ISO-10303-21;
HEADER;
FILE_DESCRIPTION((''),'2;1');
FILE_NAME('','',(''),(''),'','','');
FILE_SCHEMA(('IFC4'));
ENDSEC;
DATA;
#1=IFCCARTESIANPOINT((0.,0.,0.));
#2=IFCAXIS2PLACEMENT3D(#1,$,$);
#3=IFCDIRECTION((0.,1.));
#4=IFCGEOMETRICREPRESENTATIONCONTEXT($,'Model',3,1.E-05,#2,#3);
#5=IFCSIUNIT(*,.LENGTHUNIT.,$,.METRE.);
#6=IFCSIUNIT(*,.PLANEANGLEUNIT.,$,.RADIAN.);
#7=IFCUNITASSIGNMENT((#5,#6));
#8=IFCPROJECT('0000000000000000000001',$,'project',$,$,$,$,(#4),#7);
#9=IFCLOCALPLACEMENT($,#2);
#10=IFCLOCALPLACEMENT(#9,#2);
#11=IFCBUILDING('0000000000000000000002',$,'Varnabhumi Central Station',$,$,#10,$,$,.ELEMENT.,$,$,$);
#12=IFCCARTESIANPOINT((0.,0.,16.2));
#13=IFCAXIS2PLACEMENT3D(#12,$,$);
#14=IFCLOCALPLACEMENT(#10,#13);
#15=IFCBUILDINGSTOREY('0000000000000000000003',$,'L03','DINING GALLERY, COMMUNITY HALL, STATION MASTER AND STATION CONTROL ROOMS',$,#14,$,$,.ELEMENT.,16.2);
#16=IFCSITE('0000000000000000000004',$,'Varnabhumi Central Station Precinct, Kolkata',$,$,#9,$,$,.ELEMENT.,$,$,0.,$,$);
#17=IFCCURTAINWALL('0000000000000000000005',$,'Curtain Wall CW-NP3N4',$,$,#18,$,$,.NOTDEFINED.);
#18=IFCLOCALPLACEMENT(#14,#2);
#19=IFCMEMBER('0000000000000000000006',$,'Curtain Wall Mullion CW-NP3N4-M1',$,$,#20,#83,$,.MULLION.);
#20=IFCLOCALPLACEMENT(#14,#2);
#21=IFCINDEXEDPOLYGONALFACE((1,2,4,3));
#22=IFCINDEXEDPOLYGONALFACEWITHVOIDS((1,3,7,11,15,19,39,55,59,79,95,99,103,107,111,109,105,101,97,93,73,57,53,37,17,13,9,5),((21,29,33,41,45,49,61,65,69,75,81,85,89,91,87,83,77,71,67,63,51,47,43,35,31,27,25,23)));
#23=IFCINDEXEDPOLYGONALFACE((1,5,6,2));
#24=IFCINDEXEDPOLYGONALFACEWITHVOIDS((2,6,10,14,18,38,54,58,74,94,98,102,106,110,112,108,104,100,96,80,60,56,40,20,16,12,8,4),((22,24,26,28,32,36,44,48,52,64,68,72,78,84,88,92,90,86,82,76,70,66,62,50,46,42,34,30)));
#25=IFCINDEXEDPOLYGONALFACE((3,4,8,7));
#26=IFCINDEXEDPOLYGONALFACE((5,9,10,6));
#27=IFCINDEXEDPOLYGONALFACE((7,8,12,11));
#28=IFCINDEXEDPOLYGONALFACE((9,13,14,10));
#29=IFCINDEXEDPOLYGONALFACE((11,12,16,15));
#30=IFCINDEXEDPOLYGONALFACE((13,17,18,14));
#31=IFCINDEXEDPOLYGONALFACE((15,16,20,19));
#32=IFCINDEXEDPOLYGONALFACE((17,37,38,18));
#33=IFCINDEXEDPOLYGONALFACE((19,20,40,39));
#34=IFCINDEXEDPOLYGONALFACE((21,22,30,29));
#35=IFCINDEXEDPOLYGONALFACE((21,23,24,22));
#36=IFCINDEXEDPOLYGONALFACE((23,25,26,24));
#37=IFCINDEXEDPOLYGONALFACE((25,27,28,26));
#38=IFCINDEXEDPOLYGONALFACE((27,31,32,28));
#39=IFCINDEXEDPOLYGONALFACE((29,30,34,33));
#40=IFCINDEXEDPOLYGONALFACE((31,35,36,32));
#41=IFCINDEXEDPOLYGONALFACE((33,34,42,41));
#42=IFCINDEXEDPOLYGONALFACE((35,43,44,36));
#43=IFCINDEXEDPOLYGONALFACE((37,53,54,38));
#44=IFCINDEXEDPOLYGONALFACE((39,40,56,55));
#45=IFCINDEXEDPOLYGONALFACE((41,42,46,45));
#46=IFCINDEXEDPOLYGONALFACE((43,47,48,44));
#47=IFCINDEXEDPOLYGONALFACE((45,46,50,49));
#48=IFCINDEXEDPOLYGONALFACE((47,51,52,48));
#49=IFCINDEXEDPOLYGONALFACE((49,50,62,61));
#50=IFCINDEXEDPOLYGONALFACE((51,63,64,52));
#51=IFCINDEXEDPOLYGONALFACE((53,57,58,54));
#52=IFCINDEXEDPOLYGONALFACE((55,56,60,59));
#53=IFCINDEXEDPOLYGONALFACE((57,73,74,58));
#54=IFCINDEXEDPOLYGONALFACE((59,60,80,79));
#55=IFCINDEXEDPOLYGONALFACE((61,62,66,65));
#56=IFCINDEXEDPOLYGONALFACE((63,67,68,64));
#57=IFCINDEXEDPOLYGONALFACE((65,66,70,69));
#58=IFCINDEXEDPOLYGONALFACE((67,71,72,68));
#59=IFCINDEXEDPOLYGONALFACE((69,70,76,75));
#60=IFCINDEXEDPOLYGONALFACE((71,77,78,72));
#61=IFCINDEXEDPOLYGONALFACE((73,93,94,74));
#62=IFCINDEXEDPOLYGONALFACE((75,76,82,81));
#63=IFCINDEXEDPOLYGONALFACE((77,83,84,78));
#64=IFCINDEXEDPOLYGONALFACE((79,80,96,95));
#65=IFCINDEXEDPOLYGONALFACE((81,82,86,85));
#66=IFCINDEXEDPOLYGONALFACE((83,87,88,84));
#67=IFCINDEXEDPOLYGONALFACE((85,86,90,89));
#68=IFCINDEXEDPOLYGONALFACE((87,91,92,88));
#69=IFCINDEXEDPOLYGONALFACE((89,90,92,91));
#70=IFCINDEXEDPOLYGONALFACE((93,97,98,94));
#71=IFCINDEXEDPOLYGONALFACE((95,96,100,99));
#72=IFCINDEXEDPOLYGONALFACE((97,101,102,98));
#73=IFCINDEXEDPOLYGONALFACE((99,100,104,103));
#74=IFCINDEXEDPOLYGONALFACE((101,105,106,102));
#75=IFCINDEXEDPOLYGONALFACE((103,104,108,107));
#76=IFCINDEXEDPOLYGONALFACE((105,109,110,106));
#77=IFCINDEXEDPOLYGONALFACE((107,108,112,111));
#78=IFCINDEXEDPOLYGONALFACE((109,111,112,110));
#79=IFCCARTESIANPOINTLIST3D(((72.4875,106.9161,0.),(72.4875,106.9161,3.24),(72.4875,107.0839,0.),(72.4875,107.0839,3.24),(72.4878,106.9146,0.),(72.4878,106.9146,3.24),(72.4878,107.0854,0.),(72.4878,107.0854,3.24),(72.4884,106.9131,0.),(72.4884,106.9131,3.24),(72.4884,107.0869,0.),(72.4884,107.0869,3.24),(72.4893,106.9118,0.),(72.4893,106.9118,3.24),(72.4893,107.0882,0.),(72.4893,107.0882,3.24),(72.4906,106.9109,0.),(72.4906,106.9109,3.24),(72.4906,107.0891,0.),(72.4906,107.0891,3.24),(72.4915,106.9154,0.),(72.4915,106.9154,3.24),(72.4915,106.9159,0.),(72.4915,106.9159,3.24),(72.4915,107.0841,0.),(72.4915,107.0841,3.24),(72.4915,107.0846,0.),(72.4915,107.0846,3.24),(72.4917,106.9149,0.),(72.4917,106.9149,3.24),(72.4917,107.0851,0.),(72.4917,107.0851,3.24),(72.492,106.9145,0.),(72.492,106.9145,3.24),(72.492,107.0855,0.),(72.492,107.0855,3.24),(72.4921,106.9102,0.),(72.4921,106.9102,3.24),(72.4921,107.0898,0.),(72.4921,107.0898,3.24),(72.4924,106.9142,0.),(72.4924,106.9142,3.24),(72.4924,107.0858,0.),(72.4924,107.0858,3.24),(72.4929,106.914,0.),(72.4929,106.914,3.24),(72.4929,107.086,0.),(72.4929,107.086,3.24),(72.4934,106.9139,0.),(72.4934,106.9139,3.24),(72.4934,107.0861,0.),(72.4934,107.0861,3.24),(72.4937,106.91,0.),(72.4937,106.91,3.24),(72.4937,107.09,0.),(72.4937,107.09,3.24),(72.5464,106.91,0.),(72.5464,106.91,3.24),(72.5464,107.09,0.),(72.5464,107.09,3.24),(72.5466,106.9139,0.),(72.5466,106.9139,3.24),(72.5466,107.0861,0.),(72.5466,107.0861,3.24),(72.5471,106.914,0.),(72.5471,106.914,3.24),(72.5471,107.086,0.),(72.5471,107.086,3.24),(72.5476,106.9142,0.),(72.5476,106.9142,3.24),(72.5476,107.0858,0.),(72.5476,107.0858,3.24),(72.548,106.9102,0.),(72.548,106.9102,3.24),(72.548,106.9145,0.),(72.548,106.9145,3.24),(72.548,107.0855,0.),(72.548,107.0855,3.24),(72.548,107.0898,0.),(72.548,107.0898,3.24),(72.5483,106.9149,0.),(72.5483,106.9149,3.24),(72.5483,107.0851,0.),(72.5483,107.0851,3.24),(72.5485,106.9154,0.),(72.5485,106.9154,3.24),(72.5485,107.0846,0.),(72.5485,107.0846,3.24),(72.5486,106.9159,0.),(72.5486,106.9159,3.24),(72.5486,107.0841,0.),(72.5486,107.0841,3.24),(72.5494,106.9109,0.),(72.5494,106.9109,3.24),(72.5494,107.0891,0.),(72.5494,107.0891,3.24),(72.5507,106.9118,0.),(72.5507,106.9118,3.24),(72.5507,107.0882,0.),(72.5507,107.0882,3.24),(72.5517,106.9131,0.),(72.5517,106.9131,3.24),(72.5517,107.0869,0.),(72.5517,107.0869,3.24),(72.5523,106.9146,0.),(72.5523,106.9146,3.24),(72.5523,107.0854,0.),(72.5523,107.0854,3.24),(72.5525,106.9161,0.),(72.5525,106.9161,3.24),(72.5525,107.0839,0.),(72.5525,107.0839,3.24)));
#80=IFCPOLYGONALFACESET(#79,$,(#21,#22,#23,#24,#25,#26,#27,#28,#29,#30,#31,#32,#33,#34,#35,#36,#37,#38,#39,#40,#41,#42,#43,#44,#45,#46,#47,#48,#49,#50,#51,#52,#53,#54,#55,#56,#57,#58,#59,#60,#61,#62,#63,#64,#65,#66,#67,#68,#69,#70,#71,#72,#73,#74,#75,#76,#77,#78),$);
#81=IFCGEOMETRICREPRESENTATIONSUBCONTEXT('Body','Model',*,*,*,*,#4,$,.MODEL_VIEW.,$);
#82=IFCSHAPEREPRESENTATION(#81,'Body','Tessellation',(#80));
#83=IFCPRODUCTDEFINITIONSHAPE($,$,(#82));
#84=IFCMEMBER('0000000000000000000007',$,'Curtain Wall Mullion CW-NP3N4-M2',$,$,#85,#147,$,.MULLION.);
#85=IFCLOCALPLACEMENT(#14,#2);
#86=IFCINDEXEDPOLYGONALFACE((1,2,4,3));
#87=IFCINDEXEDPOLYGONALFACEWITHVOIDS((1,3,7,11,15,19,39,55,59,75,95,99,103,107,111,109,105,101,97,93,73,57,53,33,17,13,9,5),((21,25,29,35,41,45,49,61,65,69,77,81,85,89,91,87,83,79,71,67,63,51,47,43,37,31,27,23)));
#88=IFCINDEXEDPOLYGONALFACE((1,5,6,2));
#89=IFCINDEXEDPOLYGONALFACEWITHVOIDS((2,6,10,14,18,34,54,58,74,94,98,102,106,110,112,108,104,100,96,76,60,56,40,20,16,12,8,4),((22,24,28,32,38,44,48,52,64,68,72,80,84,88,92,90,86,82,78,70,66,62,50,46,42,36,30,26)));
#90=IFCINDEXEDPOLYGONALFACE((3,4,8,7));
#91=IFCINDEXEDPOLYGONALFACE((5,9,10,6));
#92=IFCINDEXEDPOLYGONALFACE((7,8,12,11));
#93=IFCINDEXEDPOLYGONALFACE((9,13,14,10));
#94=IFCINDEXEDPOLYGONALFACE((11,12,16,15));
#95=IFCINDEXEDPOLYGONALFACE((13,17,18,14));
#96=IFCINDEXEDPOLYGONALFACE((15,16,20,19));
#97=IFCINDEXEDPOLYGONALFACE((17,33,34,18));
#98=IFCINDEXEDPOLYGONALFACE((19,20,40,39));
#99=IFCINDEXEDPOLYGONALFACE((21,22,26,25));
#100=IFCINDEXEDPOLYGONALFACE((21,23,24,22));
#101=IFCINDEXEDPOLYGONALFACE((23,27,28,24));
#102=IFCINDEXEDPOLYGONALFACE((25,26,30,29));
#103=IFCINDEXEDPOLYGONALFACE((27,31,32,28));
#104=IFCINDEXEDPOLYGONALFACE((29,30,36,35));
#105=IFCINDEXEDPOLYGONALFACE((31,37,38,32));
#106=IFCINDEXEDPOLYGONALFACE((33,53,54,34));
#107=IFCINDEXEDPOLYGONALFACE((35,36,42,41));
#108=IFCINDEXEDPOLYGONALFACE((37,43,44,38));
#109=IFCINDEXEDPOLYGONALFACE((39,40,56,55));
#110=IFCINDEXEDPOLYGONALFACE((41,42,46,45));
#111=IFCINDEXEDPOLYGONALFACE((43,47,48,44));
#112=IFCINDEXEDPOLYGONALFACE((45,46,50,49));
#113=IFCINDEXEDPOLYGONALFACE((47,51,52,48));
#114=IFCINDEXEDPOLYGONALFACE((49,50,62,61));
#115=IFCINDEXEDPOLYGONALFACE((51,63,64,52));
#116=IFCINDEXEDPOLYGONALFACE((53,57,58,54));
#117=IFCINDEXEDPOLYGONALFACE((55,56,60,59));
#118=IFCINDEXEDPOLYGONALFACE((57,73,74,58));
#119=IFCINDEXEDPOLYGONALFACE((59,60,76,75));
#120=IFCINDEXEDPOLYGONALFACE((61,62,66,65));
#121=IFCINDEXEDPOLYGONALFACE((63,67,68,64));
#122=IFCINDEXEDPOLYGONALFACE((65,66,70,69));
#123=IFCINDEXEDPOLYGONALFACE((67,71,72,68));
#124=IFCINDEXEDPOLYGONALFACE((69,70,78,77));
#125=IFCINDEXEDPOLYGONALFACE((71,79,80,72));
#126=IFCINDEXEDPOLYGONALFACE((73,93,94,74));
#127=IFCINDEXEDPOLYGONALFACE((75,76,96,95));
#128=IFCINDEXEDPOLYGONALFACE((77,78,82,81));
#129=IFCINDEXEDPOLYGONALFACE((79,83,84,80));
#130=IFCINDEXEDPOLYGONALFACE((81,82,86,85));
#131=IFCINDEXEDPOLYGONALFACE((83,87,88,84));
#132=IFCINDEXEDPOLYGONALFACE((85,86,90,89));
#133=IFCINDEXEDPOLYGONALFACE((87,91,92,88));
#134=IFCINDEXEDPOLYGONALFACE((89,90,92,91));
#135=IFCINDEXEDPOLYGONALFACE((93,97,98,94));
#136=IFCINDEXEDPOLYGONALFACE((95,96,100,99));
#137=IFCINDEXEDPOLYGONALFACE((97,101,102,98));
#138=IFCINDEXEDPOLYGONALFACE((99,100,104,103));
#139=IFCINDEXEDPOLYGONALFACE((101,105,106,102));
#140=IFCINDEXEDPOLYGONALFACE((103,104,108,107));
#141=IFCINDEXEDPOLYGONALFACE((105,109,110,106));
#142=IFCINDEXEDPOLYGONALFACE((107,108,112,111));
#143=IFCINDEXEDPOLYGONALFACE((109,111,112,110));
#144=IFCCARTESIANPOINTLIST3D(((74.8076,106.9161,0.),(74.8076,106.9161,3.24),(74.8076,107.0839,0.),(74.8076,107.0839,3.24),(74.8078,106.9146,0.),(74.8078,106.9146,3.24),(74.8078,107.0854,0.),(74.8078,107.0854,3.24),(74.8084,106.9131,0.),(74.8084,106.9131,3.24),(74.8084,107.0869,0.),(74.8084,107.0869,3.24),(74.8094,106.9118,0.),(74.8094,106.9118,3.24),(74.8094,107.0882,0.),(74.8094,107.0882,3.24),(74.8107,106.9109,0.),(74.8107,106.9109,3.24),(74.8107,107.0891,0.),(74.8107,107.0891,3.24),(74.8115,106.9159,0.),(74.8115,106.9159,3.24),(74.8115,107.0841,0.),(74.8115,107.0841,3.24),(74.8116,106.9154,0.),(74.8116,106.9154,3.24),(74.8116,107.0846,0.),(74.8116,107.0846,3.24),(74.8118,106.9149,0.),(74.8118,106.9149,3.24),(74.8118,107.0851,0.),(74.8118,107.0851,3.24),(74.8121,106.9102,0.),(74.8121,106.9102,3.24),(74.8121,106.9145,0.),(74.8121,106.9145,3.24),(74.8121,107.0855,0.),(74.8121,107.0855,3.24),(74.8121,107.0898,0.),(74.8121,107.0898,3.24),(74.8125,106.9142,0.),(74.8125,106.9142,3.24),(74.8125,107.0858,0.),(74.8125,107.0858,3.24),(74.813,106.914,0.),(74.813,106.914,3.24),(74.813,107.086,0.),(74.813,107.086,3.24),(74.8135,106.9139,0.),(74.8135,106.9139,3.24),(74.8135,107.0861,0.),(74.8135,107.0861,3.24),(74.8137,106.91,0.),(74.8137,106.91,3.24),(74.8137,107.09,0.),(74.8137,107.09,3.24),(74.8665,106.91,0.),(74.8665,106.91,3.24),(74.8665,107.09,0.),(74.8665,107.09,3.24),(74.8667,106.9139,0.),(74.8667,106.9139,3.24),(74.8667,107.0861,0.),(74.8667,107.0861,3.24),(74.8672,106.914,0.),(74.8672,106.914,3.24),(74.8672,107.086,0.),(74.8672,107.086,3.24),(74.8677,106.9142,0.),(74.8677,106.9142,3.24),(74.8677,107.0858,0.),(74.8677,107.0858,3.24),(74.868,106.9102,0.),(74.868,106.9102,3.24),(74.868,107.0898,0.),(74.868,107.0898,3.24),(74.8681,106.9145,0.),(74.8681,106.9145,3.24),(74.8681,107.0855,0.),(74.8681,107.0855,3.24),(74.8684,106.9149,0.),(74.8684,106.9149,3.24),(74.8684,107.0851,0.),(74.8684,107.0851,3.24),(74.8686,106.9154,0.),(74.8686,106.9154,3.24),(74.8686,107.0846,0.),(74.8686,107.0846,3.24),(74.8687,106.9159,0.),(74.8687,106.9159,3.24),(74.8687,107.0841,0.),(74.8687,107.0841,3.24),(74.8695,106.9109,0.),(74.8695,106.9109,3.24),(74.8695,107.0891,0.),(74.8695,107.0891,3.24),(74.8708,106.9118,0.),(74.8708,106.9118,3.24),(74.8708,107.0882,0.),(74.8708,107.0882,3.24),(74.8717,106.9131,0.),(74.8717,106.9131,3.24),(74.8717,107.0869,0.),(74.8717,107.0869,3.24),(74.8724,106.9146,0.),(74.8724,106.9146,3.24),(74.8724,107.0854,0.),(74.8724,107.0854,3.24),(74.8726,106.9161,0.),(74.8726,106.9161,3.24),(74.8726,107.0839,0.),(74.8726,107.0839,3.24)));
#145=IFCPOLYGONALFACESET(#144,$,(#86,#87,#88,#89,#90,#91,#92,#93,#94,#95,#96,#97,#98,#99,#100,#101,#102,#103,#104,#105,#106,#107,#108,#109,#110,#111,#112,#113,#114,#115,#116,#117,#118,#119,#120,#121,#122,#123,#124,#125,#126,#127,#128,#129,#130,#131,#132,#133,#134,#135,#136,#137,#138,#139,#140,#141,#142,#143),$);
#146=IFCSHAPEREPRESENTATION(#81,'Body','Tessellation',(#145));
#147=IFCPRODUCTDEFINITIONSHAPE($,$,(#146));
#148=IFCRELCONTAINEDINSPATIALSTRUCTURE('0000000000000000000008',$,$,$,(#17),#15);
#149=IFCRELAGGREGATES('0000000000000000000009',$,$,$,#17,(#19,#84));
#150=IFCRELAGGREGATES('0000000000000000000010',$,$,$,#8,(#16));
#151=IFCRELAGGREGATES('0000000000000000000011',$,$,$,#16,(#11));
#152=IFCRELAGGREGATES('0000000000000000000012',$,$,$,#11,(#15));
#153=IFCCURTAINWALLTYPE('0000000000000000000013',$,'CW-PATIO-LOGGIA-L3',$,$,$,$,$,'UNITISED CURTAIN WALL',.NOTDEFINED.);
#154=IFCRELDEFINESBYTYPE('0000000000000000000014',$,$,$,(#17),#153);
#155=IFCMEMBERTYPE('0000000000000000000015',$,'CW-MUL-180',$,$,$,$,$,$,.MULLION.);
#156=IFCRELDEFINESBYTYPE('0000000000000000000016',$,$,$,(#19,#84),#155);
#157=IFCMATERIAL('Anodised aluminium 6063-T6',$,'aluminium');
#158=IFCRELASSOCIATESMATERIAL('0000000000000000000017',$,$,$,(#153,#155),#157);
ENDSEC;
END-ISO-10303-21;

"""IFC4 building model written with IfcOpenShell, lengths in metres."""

from ifc_helpers import new_model, si_unit, direction, frame, origin, origin_2d, place, context, subcontext, project, spatial, hollow_rectangle, extrude, material, material_profile, profile_set, type_object, element, aggregate, save


model = new_model("IFC4")

# Units and contexts
model_context = context("Model", 3, precision=1e-05, world=origin(), true_north=direction((0.0, 1.0)))
body_context = subcontext(model_context, "Body", "Model", "MODEL_VIEW")
ifc_project = project(units=[si_unit("LENGTHUNIT", "METRE"), si_unit("PLANEANGLEUNIT", "RADIAN")], contexts=[model_context])

# Site, building, storey
site_placement = place(None, origin())
site = spatial("IfcSite", under=ifc_project, at=site_placement, Name="Varnabhumi Central Station Precinct, Kolkata", CompositionType="ELEMENT", RefElevation=0.0)
building_placement = place(site_placement, origin())
building = spatial("IfcBuilding", under=site, at=building_placement, Name="Varnabhumi Central Station", CompositionType="ELEMENT")
storey_placement = place(building_placement, frame((0.0, 0.0, 16.2)))
storey = spatial("IfcBuildingStorey", under=building, at=storey_placement, Name="L03", Description="DINING GALLERY, COMMUNITY HALL, STATION MASTER AND STATION CONTROL ROOMS", CompositionType="ELEMENT", Elevation=16.2)

# Curtain wall, members
ifc_material_1 = material(Name="Anodised aluminium 6063-T6", Category="aluminium")
curtain_wall_type = type_object("IfcCurtainWallType", Name="CW-PATIO-LOGGIA-L3", ElementType="UNITISED CURTAIN WALL", PredefinedType="NOTDEFINED", material=ifc_material_1)
ifc_material_profile_1 = material_profile(ifc_material_1, hollow_rectangle(XDim=0.0649, YDim=0.1799, WallThickness=0.0039, InnerFilletRadius=0.002, OuterFilletRadius=0.0061, at=origin_2d()), Name="Anodised aluminium 6063-T6", Category="aluminium")
ifc_profile_set_1 = profile_set([ifc_material_profile_1], Name="Anodised aluminium 6063-T6")
member_type_1 = type_object("IfcMemberType", Name="CW-MUL-180", PredefinedType="MULLION", material=ifc_profile_set_1)
curtain_wall_1_placement = place(storey_placement, origin())
curtain_wall_1 = element("IfcCurtainWall", 1, at=curtain_wall_1_placement, inside=storey, type_object=curtain_wall_type, Name="Curtain Wall CW-NP3N4", PredefinedType="NOTDEFINED")
member_1_placement = place(storey_placement, frame((72.52, 107.0, 0.0), z_axis=(0.0, 0.0, 1.0), x_axis=(1.0, 0.0, 0.0)))
member_1 = element("IfcMember", 2, at=member_1_placement, type_object=member_type_1, Name="Curtain Wall Mullion CW-NP3N4-M1", PredefinedType="MULLION", context=body_context, shape_type="SweptSolid", body=[
    extrude(hollow_rectangle(XDim=0.0649, YDim=0.1799, WallThickness=0.0039, InnerFilletRadius=0.002, OuterFilletRadius=0.0061, at=origin_2d()), origin(), (0.0, 0.0, 1.0), 3.24),
])
member_2_placement = place(storey_placement, frame((74.8401, 107.0, 0.0), z_axis=(0.0, 0.0, 1.0), x_axis=(1.0, 0.0, 0.0)))
member_2 = element("IfcMember", 3, at=member_2_placement, type_object=member_type_1, Name="Curtain Wall Mullion CW-NP3N4-M2", PredefinedType="MULLION", context=body_context, shape_type="SweptSolid", body=[
    extrude(hollow_rectangle(XDim=0.0649, YDim=0.1799, WallThickness=0.0039, InnerFilletRadius=0.002, OuterFilletRadius=0.0061, at=origin_2d()), origin(), (0.0, 0.0, 1.0), 3.24),
])

aggregate(curtain_wall_1, [member_1, member_2])

save(model, "model.ifc")
